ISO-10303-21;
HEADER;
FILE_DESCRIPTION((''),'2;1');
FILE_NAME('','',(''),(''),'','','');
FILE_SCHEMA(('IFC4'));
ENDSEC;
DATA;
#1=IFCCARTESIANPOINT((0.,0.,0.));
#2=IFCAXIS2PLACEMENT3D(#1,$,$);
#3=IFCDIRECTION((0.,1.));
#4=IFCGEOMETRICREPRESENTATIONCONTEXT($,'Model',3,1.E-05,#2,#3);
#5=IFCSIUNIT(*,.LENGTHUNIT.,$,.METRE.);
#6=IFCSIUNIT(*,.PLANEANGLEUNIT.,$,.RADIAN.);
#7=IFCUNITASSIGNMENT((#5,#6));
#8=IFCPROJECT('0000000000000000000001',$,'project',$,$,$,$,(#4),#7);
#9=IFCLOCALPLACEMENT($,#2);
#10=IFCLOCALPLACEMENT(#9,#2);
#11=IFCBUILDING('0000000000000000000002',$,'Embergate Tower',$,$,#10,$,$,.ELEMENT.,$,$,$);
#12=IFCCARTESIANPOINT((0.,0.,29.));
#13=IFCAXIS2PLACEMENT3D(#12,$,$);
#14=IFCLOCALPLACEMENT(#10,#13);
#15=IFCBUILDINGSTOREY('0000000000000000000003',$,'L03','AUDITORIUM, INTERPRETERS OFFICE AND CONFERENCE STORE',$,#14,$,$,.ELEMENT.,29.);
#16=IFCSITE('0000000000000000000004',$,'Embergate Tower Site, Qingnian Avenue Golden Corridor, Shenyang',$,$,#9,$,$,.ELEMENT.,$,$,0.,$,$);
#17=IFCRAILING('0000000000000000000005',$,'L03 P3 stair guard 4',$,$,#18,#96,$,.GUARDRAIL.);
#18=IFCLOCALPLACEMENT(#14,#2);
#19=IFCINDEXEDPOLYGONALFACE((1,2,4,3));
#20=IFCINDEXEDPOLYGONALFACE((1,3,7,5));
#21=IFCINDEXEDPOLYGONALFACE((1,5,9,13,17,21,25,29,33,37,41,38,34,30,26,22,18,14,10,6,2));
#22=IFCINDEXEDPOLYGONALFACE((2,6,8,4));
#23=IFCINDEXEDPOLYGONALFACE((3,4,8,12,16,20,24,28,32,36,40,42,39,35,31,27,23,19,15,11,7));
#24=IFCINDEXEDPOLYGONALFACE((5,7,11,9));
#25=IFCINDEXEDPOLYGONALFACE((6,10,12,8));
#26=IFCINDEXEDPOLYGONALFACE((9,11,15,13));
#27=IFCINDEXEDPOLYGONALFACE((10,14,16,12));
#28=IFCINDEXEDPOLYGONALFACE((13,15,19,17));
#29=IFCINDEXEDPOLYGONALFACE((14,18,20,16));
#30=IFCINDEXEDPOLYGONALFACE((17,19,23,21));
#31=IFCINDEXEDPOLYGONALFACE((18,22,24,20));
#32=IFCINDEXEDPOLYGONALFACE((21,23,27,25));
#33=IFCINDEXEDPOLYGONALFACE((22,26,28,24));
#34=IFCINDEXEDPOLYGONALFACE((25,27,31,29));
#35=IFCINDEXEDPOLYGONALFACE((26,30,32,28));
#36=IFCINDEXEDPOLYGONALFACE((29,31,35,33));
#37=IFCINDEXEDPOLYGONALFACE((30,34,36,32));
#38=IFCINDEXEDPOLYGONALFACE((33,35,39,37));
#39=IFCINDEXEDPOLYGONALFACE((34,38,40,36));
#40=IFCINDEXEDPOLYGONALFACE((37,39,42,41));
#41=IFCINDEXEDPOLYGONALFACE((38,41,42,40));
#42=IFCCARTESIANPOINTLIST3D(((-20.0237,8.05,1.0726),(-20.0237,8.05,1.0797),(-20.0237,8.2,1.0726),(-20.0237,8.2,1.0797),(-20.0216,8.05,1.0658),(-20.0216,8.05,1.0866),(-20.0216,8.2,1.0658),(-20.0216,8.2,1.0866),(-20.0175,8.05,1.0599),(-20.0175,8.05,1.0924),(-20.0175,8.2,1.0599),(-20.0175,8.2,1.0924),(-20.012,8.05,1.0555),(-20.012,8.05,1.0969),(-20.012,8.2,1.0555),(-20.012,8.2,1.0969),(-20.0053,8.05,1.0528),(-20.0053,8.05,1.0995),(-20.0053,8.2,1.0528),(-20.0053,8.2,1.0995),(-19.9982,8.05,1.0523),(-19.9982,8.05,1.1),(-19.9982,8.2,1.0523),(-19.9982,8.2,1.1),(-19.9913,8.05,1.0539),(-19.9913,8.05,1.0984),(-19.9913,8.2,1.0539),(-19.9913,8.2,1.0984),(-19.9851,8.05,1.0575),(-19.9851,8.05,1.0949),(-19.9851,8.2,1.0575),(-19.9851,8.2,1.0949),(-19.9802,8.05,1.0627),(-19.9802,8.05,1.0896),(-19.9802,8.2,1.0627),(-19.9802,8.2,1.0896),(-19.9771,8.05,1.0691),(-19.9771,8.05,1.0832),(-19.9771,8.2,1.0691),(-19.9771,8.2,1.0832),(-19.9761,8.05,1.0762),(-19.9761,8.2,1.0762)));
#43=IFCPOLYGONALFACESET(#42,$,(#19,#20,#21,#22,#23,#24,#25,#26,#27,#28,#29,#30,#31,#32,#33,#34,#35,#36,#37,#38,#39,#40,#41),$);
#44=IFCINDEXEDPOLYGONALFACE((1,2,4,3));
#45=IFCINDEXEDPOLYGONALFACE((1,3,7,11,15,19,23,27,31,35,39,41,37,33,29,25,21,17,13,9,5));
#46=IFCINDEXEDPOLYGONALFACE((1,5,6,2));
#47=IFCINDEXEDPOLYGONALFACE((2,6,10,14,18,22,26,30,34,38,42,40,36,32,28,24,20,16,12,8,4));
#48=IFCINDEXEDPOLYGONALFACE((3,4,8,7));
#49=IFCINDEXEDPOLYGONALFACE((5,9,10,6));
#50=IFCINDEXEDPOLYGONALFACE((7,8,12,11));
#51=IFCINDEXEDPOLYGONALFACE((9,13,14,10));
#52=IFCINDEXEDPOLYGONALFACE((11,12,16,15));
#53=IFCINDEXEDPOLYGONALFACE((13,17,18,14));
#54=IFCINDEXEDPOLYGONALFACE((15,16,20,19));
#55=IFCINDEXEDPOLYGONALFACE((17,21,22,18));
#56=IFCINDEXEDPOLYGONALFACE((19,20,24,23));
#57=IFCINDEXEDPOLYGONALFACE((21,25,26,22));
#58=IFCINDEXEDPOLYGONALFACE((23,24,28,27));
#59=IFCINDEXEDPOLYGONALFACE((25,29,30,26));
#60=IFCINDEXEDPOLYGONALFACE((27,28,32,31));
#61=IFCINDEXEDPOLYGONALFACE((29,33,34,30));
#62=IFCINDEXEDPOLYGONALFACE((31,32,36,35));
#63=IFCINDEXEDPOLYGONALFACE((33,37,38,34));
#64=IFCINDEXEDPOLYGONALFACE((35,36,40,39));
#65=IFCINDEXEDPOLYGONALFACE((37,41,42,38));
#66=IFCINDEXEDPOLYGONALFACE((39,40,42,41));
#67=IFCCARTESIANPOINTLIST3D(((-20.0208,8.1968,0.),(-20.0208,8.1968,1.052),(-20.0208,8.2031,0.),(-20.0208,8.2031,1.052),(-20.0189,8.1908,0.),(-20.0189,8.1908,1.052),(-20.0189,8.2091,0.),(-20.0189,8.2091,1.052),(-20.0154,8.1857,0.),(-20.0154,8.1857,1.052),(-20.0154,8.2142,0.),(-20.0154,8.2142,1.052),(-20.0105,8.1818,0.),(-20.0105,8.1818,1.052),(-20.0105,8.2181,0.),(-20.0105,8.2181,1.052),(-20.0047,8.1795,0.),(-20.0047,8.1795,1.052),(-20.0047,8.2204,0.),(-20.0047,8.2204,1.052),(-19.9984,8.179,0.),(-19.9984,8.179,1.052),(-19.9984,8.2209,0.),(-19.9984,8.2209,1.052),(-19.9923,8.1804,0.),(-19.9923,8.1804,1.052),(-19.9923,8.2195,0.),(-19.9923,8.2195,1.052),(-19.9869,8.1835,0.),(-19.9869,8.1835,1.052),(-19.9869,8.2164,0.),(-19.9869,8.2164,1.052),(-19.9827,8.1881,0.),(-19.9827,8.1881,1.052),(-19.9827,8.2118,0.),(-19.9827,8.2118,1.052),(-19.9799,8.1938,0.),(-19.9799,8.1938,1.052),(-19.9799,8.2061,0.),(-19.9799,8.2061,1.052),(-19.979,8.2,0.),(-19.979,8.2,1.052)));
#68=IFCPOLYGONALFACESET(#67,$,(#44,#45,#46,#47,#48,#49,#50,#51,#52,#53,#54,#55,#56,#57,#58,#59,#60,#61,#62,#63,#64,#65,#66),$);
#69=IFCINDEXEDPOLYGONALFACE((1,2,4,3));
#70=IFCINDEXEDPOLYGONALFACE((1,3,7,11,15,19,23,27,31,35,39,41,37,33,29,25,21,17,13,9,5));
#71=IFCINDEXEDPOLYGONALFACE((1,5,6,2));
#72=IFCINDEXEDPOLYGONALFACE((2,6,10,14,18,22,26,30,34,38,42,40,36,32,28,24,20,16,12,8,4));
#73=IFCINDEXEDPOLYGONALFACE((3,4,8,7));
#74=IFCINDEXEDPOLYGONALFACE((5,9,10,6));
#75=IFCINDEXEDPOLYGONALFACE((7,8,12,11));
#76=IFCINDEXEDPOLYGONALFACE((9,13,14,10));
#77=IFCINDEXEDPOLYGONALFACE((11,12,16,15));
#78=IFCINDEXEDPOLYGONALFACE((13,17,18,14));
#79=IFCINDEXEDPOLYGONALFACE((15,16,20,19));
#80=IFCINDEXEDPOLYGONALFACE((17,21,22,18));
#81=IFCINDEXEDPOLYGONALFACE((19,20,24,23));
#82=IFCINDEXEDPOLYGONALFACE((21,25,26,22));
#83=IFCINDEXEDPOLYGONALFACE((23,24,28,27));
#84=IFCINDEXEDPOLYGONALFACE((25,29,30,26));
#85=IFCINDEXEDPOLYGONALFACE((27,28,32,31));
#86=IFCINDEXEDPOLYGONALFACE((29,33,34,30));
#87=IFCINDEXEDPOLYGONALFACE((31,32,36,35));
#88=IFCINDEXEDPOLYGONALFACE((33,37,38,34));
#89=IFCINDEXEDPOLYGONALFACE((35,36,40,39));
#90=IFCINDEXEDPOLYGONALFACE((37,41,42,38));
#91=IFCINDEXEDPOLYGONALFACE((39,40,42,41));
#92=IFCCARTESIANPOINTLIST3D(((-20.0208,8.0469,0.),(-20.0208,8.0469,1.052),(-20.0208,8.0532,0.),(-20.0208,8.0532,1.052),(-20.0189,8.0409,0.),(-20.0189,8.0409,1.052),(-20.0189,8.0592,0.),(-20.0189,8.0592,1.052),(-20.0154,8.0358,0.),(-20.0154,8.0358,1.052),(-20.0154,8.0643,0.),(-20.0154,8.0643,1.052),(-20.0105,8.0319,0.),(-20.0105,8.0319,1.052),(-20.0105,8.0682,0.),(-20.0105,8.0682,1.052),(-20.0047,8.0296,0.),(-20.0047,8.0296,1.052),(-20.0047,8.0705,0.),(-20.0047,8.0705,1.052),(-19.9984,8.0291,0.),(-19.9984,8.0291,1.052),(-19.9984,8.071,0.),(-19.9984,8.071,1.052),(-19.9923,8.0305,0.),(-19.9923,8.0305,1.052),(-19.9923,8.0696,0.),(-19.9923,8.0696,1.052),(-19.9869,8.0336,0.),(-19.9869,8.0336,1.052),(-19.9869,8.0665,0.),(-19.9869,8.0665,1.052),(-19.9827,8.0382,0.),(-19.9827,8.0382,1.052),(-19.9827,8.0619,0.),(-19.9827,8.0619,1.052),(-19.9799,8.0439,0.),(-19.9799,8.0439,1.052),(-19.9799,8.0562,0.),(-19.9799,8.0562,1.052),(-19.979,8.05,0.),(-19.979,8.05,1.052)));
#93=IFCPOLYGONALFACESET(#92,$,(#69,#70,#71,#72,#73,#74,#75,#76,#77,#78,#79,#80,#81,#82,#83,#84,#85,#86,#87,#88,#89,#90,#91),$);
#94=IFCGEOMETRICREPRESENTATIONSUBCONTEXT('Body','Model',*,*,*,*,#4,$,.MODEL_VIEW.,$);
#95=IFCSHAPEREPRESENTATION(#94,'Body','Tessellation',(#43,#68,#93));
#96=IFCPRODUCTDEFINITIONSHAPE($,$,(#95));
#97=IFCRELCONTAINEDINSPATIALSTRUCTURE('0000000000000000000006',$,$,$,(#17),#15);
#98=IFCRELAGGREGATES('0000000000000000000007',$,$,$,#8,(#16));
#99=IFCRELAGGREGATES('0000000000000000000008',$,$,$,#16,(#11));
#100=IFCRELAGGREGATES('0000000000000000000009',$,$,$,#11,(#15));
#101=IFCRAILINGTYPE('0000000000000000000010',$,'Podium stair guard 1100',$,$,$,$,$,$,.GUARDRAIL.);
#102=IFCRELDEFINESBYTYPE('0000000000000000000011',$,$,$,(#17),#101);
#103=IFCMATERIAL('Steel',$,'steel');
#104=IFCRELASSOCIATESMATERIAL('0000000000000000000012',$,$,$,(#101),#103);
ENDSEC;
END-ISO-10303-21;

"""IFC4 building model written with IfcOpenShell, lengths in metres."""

from ifc_helpers import new_model, si_unit, direction, frame, origin, origin_2d, place, context, subcontext, project, spatial, circle, extrude, source, transform, mapped, material, type_object, element, save


model = new_model("IFC4")

# Units and contexts
model_context = context("Model", 3, precision=1e-05, world=origin(), true_north=direction((0.0, 1.0)))
body_context = subcontext(model_context, "Body", "Model", "MODEL_VIEW")
ifc_project = project(units=[si_unit("LENGTHUNIT", "METRE"), si_unit("PLANEANGLEUNIT", "RADIAN")], contexts=[model_context])

# Site, building, storey
site_placement = place(None, origin())
site = spatial("IfcSite", under=ifc_project, at=site_placement, Name="Embergate Tower Site, Qingnian Avenue Golden Corridor, Shenyang", CompositionType="ELEMENT", RefElevation=0.0)
building_placement = place(site_placement, origin())
building = spatial("IfcBuilding", under=site, at=building_placement, Name="Embergate Tower", CompositionType="ELEMENT")
storey_placement = place(building_placement, frame((0.0, 0.0, 29.0)))
storey = spatial("IfcBuildingStorey", under=building, at=storey_placement, Name="L03", Description="AUDITORIUM, INTERPRETERS OFFICE AND CONFERENCE STORE", CompositionType="ELEMENT", Elevation=29.0)

# Railing
ifc_material_1 = material(Name="Steel", Category="steel")
railing_type = type_object("IfcRailingType", Name="Podium stair guard 1100", PredefinedType="GUARDRAIL", material=ifc_material_1)
shared_shape_1 = source(origin(), body_context, "Body", "SweptSolid", [
    extrude(circle(Radius=0.0239, at=origin_2d()), frame((0.0, 0.0, 1.0762), z_axis=(0.0, -1.0, 0.0), x_axis=(1.0, 0.0, 0.0)), (0.0, 0.0, 1.0), 0.1499),
    extrude(circle(Radius=0.021, at=origin_2d()), origin(), (0.0, 0.0, 1.0), 1.052),
    extrude(circle(Radius=0.021, at=origin_2d()), frame((0.0, -0.1499, 0.0)), (0.0, 0.0, 1.0), 1.052),
])
railing_placement = place(storey_placement, frame((-20.0, 8.2, 0.0)))
element("IfcRailing", 1, at=railing_placement, inside=storey, type_object=railing_type, Name="L03 P3 stair guard 4", PredefinedType="GUARDRAIL", context=body_context, shape_type="MappedRepresentation", body=[
    mapped(shared_shape_1, transform((0.0, 0.0, 0.0))),
])

save(model, "model.ifc")
